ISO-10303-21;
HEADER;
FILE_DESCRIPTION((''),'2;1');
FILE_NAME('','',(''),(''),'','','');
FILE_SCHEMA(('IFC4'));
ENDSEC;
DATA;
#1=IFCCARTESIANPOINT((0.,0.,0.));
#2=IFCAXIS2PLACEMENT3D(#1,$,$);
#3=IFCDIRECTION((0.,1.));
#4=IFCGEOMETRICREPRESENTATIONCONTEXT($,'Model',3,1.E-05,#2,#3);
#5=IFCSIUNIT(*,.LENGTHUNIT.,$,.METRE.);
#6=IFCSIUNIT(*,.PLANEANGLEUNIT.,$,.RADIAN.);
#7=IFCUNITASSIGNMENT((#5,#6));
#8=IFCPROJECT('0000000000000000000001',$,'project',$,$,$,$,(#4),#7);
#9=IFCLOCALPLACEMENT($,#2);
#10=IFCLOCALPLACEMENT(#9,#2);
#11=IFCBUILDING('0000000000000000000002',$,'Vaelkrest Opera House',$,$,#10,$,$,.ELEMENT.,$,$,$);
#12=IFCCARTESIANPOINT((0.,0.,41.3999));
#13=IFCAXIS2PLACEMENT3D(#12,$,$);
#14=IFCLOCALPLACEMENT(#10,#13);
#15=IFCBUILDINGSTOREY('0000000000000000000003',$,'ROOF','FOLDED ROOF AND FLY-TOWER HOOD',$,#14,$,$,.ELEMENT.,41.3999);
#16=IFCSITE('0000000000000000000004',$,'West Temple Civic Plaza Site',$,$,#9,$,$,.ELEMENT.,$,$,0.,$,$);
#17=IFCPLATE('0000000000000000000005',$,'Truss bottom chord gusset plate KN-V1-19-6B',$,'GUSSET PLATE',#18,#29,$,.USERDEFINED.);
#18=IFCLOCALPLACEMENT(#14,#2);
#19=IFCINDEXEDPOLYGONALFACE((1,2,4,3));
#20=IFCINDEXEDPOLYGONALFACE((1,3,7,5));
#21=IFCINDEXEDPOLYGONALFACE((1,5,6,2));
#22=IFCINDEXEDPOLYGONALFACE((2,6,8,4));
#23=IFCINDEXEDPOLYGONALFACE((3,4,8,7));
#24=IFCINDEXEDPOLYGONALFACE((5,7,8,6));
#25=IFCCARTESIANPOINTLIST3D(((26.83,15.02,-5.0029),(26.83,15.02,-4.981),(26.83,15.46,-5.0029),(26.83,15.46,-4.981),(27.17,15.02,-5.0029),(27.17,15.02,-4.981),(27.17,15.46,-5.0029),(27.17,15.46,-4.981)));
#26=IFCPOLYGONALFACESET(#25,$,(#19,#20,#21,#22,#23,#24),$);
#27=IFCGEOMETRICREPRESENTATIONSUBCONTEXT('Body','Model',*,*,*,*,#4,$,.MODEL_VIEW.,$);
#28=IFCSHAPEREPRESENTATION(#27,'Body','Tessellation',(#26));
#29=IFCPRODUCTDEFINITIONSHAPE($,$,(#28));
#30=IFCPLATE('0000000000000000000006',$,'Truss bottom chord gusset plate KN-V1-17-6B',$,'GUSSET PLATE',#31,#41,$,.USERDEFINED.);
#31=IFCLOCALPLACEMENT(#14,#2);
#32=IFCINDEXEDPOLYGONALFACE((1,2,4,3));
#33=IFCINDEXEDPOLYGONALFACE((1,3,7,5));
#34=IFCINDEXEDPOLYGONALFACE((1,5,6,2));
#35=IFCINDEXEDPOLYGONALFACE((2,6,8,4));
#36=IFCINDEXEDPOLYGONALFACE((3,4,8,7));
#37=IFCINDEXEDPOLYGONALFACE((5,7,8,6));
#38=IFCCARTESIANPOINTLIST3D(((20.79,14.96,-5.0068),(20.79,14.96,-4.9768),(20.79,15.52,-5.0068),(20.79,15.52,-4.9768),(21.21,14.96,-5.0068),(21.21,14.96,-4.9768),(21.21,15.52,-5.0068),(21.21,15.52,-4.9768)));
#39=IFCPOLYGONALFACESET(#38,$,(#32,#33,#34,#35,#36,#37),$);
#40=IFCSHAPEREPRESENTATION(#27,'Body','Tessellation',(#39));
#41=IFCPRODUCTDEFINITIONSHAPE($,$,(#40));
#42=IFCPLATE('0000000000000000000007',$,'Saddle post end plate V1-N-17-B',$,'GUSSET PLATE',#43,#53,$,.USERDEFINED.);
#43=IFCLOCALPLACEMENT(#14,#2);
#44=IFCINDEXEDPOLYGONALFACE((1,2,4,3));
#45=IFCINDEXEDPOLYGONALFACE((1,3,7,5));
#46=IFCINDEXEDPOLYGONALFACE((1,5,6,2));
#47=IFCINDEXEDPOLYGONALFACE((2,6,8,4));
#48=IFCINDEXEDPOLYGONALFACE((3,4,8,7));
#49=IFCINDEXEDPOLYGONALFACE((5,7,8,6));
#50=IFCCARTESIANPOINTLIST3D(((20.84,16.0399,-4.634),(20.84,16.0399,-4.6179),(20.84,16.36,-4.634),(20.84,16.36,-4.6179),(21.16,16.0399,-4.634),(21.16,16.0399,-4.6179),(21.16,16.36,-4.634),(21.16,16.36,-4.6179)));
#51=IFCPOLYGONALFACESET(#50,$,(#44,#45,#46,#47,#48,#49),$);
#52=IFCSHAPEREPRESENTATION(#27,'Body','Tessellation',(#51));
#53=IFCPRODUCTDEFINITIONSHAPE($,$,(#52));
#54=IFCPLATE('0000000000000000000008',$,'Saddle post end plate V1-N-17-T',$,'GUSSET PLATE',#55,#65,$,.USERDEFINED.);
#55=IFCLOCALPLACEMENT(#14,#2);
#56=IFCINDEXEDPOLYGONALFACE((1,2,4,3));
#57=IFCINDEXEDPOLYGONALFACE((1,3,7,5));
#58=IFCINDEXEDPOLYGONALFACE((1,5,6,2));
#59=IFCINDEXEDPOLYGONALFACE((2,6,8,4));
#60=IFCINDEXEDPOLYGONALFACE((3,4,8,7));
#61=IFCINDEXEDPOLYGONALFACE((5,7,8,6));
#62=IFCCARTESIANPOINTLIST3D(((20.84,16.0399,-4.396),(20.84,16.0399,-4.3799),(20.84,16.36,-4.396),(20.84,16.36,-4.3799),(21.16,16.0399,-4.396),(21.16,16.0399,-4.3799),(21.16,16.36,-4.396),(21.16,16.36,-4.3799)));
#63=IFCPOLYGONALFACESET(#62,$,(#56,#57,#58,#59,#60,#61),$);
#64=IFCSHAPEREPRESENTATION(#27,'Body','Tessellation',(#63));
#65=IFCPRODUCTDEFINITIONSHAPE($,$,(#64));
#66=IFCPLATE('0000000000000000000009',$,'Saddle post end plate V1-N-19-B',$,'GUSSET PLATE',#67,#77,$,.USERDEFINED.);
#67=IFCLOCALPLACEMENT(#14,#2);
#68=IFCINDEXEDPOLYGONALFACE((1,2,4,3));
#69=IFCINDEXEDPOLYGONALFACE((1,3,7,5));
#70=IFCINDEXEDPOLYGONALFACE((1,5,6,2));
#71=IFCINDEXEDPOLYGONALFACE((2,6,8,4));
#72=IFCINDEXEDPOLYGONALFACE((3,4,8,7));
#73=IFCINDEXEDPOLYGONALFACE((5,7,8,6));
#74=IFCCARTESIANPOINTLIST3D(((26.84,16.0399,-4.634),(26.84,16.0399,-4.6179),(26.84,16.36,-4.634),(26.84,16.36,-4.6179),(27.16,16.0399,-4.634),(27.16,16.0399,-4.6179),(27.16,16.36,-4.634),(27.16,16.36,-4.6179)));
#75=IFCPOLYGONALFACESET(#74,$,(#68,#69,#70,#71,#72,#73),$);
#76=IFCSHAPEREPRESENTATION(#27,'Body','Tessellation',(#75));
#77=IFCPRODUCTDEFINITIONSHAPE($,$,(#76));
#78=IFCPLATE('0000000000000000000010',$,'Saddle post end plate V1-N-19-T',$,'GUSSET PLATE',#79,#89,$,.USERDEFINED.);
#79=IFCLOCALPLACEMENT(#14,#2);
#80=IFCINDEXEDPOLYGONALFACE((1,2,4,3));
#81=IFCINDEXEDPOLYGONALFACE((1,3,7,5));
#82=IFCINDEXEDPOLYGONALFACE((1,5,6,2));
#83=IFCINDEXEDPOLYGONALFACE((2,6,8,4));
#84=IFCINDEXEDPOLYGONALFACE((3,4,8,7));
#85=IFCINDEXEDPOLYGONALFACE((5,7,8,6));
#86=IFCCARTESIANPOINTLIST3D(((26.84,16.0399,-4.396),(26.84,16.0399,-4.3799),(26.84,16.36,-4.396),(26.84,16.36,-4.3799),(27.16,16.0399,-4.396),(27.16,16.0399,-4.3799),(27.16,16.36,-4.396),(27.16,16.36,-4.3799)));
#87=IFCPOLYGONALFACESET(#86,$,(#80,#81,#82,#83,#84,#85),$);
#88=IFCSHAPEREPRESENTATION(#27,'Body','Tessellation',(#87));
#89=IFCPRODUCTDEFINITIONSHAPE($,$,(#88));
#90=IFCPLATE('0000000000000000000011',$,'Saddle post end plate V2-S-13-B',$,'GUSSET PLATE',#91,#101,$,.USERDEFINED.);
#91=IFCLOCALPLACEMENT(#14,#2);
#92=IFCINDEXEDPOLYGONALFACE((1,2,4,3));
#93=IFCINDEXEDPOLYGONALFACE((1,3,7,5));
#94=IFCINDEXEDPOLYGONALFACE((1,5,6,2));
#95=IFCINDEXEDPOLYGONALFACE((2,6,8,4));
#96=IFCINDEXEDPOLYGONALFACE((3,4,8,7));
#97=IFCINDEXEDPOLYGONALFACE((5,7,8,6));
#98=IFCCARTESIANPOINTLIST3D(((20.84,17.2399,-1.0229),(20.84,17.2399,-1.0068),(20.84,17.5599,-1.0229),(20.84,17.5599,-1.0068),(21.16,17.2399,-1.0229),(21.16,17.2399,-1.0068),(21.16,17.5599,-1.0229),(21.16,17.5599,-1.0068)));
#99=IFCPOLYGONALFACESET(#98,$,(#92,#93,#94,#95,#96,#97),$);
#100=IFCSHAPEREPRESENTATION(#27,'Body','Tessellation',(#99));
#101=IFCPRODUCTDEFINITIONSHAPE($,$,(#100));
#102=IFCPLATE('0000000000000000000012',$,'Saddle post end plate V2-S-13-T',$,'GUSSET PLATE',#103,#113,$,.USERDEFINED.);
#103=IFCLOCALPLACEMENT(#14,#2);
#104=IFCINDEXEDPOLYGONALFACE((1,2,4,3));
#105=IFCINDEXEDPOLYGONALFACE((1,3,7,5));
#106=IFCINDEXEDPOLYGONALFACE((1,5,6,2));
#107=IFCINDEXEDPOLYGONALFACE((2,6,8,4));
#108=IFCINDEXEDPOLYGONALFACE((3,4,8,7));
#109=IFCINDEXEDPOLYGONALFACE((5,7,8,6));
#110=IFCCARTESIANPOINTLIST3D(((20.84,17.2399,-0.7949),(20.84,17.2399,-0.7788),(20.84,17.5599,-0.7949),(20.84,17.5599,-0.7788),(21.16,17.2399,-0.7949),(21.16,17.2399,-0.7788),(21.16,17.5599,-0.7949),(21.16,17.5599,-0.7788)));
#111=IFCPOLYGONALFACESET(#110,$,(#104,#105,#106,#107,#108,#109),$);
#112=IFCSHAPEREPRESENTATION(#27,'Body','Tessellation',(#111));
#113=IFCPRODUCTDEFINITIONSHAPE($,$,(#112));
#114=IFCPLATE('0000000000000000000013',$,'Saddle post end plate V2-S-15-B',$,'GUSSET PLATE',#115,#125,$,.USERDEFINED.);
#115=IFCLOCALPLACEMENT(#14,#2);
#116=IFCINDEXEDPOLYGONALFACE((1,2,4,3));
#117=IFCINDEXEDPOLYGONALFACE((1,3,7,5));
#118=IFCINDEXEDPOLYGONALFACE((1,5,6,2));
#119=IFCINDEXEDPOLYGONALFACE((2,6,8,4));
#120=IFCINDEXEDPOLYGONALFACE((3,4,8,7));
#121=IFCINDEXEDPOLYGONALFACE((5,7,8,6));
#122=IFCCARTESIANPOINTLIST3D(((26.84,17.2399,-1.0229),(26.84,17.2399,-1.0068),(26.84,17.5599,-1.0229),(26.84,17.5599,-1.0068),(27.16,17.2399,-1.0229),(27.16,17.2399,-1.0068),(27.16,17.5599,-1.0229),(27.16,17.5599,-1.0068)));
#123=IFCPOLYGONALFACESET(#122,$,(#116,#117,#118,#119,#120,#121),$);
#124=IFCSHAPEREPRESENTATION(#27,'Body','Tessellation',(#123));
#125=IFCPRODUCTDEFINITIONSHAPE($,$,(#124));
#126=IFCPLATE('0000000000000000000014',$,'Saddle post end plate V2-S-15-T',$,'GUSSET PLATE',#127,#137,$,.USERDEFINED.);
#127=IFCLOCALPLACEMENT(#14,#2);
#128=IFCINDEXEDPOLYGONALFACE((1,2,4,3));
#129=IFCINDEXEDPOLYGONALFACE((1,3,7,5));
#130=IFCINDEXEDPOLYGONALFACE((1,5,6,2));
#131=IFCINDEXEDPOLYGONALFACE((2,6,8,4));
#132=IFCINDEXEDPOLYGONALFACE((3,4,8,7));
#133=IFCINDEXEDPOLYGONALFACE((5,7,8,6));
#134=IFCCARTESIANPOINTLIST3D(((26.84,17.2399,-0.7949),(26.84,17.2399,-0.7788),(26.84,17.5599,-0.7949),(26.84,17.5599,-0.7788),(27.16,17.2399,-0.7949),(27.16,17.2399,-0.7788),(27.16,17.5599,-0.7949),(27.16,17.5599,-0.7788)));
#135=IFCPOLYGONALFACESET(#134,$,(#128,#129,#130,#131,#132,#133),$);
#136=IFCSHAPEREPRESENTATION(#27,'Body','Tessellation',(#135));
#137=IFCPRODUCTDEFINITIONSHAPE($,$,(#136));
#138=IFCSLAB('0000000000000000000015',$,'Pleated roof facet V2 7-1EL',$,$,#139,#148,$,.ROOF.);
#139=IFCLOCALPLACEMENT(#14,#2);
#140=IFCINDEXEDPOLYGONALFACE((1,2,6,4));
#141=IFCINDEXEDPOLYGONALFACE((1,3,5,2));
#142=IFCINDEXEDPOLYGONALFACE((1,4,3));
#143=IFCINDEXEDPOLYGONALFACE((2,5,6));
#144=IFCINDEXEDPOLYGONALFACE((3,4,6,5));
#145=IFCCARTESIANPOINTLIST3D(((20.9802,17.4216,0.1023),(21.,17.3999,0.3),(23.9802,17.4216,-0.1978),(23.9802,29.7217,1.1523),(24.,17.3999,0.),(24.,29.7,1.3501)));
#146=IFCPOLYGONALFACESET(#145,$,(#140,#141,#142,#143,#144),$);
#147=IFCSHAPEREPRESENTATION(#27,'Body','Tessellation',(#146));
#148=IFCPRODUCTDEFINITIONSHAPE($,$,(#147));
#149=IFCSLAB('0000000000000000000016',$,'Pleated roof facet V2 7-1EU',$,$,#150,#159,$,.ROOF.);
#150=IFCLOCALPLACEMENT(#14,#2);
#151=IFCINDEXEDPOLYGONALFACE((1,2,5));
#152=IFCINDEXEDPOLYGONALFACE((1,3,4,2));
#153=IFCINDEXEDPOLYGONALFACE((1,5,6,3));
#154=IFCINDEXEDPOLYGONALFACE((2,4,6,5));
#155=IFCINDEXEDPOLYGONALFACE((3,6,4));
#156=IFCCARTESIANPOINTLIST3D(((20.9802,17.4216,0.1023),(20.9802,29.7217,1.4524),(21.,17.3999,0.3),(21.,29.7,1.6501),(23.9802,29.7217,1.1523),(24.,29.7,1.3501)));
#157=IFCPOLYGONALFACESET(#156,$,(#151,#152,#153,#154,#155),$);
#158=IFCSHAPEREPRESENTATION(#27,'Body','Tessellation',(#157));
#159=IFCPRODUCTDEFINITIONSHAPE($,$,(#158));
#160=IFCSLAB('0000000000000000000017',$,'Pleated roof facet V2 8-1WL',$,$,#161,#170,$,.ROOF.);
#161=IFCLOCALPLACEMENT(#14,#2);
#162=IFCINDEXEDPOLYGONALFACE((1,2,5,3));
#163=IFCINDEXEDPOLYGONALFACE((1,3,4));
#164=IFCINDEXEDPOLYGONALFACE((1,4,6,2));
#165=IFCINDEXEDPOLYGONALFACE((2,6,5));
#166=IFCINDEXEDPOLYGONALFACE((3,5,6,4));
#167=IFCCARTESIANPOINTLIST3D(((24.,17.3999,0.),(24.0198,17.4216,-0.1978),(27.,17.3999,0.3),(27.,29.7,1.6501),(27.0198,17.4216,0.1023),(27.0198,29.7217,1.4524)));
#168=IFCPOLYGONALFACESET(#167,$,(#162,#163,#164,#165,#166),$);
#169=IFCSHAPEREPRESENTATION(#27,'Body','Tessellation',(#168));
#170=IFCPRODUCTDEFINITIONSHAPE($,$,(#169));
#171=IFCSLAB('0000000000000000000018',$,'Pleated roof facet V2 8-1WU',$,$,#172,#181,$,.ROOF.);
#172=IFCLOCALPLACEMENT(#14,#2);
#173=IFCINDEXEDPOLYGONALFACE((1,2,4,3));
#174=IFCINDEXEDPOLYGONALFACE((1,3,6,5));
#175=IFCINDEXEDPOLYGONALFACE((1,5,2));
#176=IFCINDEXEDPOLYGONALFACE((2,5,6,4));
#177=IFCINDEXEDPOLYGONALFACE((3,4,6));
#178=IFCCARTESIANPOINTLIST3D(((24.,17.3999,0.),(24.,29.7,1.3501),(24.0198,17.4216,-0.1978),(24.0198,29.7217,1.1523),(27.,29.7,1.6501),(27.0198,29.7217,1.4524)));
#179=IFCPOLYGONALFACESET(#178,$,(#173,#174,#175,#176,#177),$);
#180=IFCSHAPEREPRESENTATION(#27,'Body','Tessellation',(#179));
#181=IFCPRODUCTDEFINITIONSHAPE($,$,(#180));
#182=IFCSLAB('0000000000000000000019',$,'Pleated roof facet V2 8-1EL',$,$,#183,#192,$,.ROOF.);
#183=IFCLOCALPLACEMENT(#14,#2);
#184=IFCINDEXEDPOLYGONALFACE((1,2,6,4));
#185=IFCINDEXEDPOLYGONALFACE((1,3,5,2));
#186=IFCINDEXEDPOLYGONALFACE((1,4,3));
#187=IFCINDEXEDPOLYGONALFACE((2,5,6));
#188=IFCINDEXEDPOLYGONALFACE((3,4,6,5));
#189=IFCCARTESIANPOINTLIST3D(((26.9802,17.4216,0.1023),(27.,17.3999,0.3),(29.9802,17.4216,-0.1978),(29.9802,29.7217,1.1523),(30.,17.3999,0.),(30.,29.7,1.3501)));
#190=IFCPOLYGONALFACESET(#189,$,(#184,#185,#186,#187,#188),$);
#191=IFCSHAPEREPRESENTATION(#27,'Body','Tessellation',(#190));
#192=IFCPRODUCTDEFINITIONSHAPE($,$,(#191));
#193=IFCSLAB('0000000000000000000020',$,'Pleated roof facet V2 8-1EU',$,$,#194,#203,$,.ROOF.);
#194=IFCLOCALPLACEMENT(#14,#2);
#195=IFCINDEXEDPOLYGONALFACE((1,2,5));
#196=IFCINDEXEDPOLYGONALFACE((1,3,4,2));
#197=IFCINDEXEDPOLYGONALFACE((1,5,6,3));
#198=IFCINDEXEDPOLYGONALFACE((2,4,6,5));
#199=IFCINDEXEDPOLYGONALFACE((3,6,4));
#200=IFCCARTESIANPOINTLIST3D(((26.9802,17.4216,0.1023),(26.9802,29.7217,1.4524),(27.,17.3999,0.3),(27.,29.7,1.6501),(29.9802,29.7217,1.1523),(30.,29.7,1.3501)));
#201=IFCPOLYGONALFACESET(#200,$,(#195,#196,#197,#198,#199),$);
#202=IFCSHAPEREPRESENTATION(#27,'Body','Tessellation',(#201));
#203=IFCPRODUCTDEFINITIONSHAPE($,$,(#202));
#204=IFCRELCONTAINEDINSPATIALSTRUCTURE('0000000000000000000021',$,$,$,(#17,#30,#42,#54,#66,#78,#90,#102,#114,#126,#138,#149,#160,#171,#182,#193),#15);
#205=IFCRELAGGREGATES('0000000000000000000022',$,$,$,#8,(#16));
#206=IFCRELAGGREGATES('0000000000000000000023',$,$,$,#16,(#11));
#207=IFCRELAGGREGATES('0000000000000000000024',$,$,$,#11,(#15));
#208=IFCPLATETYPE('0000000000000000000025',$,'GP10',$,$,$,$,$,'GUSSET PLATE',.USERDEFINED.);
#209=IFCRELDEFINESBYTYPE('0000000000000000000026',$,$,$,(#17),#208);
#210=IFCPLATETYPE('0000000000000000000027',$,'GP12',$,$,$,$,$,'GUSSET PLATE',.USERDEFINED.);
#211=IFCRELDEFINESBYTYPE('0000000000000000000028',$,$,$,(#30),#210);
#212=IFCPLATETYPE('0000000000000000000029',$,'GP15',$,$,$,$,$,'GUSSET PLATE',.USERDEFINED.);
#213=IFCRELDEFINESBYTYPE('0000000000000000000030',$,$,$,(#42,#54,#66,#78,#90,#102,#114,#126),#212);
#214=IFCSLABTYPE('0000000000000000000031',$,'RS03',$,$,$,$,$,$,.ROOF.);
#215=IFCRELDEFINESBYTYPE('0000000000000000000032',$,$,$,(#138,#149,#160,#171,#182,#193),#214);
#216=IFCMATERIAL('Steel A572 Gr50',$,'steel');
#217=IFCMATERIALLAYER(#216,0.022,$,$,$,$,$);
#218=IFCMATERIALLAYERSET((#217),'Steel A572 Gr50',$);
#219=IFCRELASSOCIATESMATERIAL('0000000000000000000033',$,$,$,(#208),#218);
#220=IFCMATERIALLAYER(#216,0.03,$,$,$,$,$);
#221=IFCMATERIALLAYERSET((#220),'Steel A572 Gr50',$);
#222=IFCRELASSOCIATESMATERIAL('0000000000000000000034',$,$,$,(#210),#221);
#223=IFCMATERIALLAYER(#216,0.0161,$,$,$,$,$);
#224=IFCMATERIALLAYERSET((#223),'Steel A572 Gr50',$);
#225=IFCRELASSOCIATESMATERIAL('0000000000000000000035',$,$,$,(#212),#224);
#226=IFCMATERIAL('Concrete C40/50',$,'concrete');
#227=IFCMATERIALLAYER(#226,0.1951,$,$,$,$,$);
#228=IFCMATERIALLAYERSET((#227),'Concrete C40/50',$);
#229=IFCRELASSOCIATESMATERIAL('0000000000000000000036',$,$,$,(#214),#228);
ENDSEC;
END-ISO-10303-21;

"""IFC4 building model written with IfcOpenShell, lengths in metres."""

from ifc_helpers import new_model, si_unit, direction, frame, origin, origin_2d, place, context, subcontext, project, spatial, polyline, rectangle, outline, extrude, material, layer, layer_set, type_object, element, save


model = new_model("IFC4")

# Units and contexts
model_context = context("Model", 3, precision=1e-05, world=origin(), true_north=direction((0.0, 1.0)))
body_context = subcontext(model_context, "Body", "Model", "MODEL_VIEW")
ifc_project = project(units=[si_unit("LENGTHUNIT", "METRE"), si_unit("PLANEANGLEUNIT", "RADIAN")], contexts=[model_context])

# Site, building, storey
site_placement = place(None, origin())
site = spatial("IfcSite", under=ifc_project, at=site_placement, Name="West Temple Civic Plaza Site", CompositionType="ELEMENT", RefElevation=0.0)
building_placement = place(site_placement, origin())
building = spatial("IfcBuilding", under=site, at=building_placement, Name="Vaelkrest Opera House", CompositionType="ELEMENT")
storey_placement = place(building_placement, frame((0.0, 0.0, 41.3999)))
storey = spatial("IfcBuildingStorey", under=building, at=storey_placement, Name="ROOF", Description="FOLDED ROOF AND FLY-TOWER HOOD", CompositionType="ELEMENT", Elevation=41.3999)

# Plates
ifc_material_1 = material(Name="Steel A572 Gr50", Category="steel")
ifc_layer_1 = layer(ifc_material_1, 0.022)
ifc_layer_set_1 = layer_set([ifc_layer_1], Name="Steel A572 Gr50")
plate_type_1 = type_object("IfcPlateType", Name="GP10", ElementType="GUSSET PLATE", PredefinedType="USERDEFINED", material=ifc_layer_set_1)
plate_1_placement = place(storey_placement, frame((27.0, 15.24, -5.0029), z_axis=(0.0, 0.0, 1.0), x_axis=(0.0, 1.0, 0.0)))
element("IfcPlate", 1, at=plate_1_placement, inside=storey, type_object=plate_type_1, Name="Truss bottom chord gusset plate KN-V1-19-6B", ObjectType="GUSSET PLATE", PredefinedType="USERDEFINED", context=body_context, shape_type="SweptSolid", body=[
    extrude(rectangle(XDim=0.4399, YDim=0.3401, at=origin_2d()), origin(), (0.0, 0.0, 1.0), 0.022),
])
ifc_layer_2 = layer(ifc_material_1, 0.03)
ifc_layer_set_2 = layer_set([ifc_layer_2], Name="Steel A572 Gr50")
plate_type_2 = type_object("IfcPlateType", Name="GP12", ElementType="GUSSET PLATE", PredefinedType="USERDEFINED", material=ifc_layer_set_2)
plate_2_placement = place(storey_placement, frame((21.0, 15.24, -5.0068), z_axis=(0.0, 0.0, 1.0), x_axis=(0.0, 1.0, 0.0)))
element("IfcPlate", 2, at=plate_2_placement, inside=storey, type_object=plate_type_2, Name="Truss bottom chord gusset plate KN-V1-17-6B", ObjectType="GUSSET PLATE", PredefinedType="USERDEFINED", context=body_context, shape_type="SweptSolid", body=[
    extrude(rectangle(XDim=0.5601, YDim=0.4199, at=origin_2d()), origin(), (0.0, 0.0, 1.0), 0.03),
])
ifc_layer_3 = layer(ifc_material_1, 0.0161)
ifc_layer_set_3 = layer_set([ifc_layer_3], Name="Steel A572 Gr50")
plate_type_3 = type_object("IfcPlateType", Name="GP15", ElementType="GUSSET PLATE", PredefinedType="USERDEFINED", material=ifc_layer_set_3)
for number, where, z_axis, x_axis, name in (
    (3, (21.0, 16.2, -4.634), (0.0, 0.0, 1.0), (1.0, 0.0, 0.0), "Saddle post end plate V1-N-17-B"),
    (4, (21.0, 16.2, -4.396), (0.0, 0.0, 1.0), (1.0, 0.0, 0.0), "Saddle post end plate V1-N-17-T"),
    (5, (27.0, 16.2, -4.634), (0.0, 0.0, 1.0), (1.0, 0.0, 0.0), "Saddle post end plate V1-N-19-B"),
    (6, (27.0, 16.2, -4.396), (0.0, 0.0, 1.0), (1.0, 0.0, 0.0), "Saddle post end plate V1-N-19-T"),
    (7, (21.0, 17.3999, -1.0229), (0.0, 0.0, 1.0), (1.0, 0.0, 0.0), "Saddle post end plate V2-S-13-B"),
    (8, (21.0, 17.3999, -0.7949), (0.0, 0.0, 1.0), (1.0, 0.0, 0.0), "Saddle post end plate V2-S-13-T"),
    (9, (27.0, 17.3999, -1.0229), (0.0, 0.0, 1.0), (1.0, 0.0, 0.0), "Saddle post end plate V2-S-15-B"),
    (10, (27.0, 17.3999, -0.7949), (0.0, 0.0, 1.0), (1.0, 0.0, 0.0), "Saddle post end plate V2-S-15-T"),
):
    element("IfcPlate", number, at=place(storey_placement, frame(where, z_axis=z_axis, x_axis=x_axis)), inside=storey, type_object=plate_type_3, Name=name, ObjectType="GUSSET PLATE", PredefinedType="USERDEFINED", context=body_context, shape_type="SweptSolid", body=[
        extrude(rectangle(XDim=0.3201, YDim=0.3201, at=origin_2d()), origin(), (0.0, 0.0, 1.0), 0.0161),
    ])

# Slabs
ifc_material_2 = material(Name="Concrete C40/50", Category="concrete")
ifc_layer_4 = layer(ifc_material_2, 0.1951)
ifc_layer_set_4 = layer_set([ifc_layer_4], Name="Concrete C40/50")
slab_type = type_object("IfcSlabType", Name="RS03", PredefinedType="ROOF", material=ifc_layer_set_4)
slab_1_placement = place(storey_placement, frame((21.0, 17.3999, 0.3), z_axis=(0.098931, -0.108573, 0.989153), x_axis=(0.995036, 0.0, -0.09952)))
element("IfcSlab", 11, at=slab_1_placement, inside=storey, type_object=slab_type, Name="Pleated roof facet V2 7-1EL", PredefinedType="ROOF", context=body_context, shape_type="SweptSolid", body=[
    extrude(outline(polyline([(0.0, 0.0), (3.015, 0.0), (2.8806, 12.3732), (0.0, 0.0)])), origin(), (0.0, 0.0, -1.0), 0.2),
])
slab_2_placement = place(storey_placement, frame((21.0, 17.3999, 0.3), z_axis=(0.098931, -0.108573, 0.989153), x_axis=(0.236144, 0.968196, 0.082654)))
element("IfcSlab", 12, at=slab_2_placement, inside=storey, type_object=slab_type, Name="Pleated roof facet V2 7-1EU", PredefinedType="ROOF", context=body_context, shape_type="SweptSolid", body=[
    extrude(outline(polyline([(0.0, 0.0), (12.7041, 0.0), (12.0205, 2.9364), (0.0, 0.0)])), origin(), (0.0, 0.0, -1.0), 0.2),
])
slab_3_placement = place(storey_placement, frame((24.0, 17.3999, 0.0), z_axis=(-0.098931, -0.108573, 0.989153), x_axis=(0.995036, 0.0, 0.09952)))
element("IfcSlab", 13, at=slab_3_placement, inside=storey, type_object=slab_type, Name="Pleated roof facet V2 8-1WL", PredefinedType="ROOF", context=body_context, shape_type="SweptSolid", body=[
    extrude(outline(polyline([(0.0, 0.0), (3.015, 0.0), (3.1493, 12.3732), (0.0, 0.0)])), origin(), (0.0, 0.0, -1.0), 0.2),
])
slab_4_placement = place(storey_placement, frame((24.0, 17.3999, 0.0), z_axis=(-0.098931, -0.108573, 0.989153), x_axis=(0.234968, 0.963372, 0.129244)))
element("IfcSlab", 14, at=slab_4_placement, inside=storey, type_object=slab_type, Name="Pleated roof facet V2 8-1WU", PredefinedType="ROOF", context=body_context, shape_type="SweptSolid", body=[
    extrude(outline(polyline([(0.0, 0.0), (12.7677, 0.0), (12.024, 2.9218), (0.0, 0.0)])), origin(), (0.0, 0.0, -1.0), 0.2),
])
slab_5_placement = place(storey_placement, frame((27.0, 17.3999, 0.3), z_axis=(0.098931, -0.108573, 0.989153), x_axis=(0.995036, 0.0, -0.09952)))
element("IfcSlab", 15, at=slab_5_placement, inside=storey, type_object=slab_type, Name="Pleated roof facet V2 8-1EL", PredefinedType="ROOF", context=body_context, shape_type="SweptSolid", body=[
    extrude(outline(polyline([(0.0, 0.0), (3.015, 0.0), (2.8806, 12.3732), (0.0, 0.0)])), origin(), (0.0, 0.0, -1.0), 0.2),
])
slab_6_placement = place(storey_placement, frame((27.0, 17.3999, 0.3), z_axis=(0.098931, -0.108573, 0.989153), x_axis=(0.236144, 0.968196, 0.082654)))
element("IfcSlab", 16, at=slab_6_placement, inside=storey, type_object=slab_type, Name="Pleated roof facet V2 8-1EU", PredefinedType="ROOF", context=body_context, shape_type="SweptSolid", body=[
    extrude(outline(polyline([(0.0, 0.0), (12.7041, 0.0), (12.0205, 2.9364), (0.0, 0.0)])), origin(), (0.0, 0.0, -1.0), 0.2),
])

save(model, "model.ifc")
